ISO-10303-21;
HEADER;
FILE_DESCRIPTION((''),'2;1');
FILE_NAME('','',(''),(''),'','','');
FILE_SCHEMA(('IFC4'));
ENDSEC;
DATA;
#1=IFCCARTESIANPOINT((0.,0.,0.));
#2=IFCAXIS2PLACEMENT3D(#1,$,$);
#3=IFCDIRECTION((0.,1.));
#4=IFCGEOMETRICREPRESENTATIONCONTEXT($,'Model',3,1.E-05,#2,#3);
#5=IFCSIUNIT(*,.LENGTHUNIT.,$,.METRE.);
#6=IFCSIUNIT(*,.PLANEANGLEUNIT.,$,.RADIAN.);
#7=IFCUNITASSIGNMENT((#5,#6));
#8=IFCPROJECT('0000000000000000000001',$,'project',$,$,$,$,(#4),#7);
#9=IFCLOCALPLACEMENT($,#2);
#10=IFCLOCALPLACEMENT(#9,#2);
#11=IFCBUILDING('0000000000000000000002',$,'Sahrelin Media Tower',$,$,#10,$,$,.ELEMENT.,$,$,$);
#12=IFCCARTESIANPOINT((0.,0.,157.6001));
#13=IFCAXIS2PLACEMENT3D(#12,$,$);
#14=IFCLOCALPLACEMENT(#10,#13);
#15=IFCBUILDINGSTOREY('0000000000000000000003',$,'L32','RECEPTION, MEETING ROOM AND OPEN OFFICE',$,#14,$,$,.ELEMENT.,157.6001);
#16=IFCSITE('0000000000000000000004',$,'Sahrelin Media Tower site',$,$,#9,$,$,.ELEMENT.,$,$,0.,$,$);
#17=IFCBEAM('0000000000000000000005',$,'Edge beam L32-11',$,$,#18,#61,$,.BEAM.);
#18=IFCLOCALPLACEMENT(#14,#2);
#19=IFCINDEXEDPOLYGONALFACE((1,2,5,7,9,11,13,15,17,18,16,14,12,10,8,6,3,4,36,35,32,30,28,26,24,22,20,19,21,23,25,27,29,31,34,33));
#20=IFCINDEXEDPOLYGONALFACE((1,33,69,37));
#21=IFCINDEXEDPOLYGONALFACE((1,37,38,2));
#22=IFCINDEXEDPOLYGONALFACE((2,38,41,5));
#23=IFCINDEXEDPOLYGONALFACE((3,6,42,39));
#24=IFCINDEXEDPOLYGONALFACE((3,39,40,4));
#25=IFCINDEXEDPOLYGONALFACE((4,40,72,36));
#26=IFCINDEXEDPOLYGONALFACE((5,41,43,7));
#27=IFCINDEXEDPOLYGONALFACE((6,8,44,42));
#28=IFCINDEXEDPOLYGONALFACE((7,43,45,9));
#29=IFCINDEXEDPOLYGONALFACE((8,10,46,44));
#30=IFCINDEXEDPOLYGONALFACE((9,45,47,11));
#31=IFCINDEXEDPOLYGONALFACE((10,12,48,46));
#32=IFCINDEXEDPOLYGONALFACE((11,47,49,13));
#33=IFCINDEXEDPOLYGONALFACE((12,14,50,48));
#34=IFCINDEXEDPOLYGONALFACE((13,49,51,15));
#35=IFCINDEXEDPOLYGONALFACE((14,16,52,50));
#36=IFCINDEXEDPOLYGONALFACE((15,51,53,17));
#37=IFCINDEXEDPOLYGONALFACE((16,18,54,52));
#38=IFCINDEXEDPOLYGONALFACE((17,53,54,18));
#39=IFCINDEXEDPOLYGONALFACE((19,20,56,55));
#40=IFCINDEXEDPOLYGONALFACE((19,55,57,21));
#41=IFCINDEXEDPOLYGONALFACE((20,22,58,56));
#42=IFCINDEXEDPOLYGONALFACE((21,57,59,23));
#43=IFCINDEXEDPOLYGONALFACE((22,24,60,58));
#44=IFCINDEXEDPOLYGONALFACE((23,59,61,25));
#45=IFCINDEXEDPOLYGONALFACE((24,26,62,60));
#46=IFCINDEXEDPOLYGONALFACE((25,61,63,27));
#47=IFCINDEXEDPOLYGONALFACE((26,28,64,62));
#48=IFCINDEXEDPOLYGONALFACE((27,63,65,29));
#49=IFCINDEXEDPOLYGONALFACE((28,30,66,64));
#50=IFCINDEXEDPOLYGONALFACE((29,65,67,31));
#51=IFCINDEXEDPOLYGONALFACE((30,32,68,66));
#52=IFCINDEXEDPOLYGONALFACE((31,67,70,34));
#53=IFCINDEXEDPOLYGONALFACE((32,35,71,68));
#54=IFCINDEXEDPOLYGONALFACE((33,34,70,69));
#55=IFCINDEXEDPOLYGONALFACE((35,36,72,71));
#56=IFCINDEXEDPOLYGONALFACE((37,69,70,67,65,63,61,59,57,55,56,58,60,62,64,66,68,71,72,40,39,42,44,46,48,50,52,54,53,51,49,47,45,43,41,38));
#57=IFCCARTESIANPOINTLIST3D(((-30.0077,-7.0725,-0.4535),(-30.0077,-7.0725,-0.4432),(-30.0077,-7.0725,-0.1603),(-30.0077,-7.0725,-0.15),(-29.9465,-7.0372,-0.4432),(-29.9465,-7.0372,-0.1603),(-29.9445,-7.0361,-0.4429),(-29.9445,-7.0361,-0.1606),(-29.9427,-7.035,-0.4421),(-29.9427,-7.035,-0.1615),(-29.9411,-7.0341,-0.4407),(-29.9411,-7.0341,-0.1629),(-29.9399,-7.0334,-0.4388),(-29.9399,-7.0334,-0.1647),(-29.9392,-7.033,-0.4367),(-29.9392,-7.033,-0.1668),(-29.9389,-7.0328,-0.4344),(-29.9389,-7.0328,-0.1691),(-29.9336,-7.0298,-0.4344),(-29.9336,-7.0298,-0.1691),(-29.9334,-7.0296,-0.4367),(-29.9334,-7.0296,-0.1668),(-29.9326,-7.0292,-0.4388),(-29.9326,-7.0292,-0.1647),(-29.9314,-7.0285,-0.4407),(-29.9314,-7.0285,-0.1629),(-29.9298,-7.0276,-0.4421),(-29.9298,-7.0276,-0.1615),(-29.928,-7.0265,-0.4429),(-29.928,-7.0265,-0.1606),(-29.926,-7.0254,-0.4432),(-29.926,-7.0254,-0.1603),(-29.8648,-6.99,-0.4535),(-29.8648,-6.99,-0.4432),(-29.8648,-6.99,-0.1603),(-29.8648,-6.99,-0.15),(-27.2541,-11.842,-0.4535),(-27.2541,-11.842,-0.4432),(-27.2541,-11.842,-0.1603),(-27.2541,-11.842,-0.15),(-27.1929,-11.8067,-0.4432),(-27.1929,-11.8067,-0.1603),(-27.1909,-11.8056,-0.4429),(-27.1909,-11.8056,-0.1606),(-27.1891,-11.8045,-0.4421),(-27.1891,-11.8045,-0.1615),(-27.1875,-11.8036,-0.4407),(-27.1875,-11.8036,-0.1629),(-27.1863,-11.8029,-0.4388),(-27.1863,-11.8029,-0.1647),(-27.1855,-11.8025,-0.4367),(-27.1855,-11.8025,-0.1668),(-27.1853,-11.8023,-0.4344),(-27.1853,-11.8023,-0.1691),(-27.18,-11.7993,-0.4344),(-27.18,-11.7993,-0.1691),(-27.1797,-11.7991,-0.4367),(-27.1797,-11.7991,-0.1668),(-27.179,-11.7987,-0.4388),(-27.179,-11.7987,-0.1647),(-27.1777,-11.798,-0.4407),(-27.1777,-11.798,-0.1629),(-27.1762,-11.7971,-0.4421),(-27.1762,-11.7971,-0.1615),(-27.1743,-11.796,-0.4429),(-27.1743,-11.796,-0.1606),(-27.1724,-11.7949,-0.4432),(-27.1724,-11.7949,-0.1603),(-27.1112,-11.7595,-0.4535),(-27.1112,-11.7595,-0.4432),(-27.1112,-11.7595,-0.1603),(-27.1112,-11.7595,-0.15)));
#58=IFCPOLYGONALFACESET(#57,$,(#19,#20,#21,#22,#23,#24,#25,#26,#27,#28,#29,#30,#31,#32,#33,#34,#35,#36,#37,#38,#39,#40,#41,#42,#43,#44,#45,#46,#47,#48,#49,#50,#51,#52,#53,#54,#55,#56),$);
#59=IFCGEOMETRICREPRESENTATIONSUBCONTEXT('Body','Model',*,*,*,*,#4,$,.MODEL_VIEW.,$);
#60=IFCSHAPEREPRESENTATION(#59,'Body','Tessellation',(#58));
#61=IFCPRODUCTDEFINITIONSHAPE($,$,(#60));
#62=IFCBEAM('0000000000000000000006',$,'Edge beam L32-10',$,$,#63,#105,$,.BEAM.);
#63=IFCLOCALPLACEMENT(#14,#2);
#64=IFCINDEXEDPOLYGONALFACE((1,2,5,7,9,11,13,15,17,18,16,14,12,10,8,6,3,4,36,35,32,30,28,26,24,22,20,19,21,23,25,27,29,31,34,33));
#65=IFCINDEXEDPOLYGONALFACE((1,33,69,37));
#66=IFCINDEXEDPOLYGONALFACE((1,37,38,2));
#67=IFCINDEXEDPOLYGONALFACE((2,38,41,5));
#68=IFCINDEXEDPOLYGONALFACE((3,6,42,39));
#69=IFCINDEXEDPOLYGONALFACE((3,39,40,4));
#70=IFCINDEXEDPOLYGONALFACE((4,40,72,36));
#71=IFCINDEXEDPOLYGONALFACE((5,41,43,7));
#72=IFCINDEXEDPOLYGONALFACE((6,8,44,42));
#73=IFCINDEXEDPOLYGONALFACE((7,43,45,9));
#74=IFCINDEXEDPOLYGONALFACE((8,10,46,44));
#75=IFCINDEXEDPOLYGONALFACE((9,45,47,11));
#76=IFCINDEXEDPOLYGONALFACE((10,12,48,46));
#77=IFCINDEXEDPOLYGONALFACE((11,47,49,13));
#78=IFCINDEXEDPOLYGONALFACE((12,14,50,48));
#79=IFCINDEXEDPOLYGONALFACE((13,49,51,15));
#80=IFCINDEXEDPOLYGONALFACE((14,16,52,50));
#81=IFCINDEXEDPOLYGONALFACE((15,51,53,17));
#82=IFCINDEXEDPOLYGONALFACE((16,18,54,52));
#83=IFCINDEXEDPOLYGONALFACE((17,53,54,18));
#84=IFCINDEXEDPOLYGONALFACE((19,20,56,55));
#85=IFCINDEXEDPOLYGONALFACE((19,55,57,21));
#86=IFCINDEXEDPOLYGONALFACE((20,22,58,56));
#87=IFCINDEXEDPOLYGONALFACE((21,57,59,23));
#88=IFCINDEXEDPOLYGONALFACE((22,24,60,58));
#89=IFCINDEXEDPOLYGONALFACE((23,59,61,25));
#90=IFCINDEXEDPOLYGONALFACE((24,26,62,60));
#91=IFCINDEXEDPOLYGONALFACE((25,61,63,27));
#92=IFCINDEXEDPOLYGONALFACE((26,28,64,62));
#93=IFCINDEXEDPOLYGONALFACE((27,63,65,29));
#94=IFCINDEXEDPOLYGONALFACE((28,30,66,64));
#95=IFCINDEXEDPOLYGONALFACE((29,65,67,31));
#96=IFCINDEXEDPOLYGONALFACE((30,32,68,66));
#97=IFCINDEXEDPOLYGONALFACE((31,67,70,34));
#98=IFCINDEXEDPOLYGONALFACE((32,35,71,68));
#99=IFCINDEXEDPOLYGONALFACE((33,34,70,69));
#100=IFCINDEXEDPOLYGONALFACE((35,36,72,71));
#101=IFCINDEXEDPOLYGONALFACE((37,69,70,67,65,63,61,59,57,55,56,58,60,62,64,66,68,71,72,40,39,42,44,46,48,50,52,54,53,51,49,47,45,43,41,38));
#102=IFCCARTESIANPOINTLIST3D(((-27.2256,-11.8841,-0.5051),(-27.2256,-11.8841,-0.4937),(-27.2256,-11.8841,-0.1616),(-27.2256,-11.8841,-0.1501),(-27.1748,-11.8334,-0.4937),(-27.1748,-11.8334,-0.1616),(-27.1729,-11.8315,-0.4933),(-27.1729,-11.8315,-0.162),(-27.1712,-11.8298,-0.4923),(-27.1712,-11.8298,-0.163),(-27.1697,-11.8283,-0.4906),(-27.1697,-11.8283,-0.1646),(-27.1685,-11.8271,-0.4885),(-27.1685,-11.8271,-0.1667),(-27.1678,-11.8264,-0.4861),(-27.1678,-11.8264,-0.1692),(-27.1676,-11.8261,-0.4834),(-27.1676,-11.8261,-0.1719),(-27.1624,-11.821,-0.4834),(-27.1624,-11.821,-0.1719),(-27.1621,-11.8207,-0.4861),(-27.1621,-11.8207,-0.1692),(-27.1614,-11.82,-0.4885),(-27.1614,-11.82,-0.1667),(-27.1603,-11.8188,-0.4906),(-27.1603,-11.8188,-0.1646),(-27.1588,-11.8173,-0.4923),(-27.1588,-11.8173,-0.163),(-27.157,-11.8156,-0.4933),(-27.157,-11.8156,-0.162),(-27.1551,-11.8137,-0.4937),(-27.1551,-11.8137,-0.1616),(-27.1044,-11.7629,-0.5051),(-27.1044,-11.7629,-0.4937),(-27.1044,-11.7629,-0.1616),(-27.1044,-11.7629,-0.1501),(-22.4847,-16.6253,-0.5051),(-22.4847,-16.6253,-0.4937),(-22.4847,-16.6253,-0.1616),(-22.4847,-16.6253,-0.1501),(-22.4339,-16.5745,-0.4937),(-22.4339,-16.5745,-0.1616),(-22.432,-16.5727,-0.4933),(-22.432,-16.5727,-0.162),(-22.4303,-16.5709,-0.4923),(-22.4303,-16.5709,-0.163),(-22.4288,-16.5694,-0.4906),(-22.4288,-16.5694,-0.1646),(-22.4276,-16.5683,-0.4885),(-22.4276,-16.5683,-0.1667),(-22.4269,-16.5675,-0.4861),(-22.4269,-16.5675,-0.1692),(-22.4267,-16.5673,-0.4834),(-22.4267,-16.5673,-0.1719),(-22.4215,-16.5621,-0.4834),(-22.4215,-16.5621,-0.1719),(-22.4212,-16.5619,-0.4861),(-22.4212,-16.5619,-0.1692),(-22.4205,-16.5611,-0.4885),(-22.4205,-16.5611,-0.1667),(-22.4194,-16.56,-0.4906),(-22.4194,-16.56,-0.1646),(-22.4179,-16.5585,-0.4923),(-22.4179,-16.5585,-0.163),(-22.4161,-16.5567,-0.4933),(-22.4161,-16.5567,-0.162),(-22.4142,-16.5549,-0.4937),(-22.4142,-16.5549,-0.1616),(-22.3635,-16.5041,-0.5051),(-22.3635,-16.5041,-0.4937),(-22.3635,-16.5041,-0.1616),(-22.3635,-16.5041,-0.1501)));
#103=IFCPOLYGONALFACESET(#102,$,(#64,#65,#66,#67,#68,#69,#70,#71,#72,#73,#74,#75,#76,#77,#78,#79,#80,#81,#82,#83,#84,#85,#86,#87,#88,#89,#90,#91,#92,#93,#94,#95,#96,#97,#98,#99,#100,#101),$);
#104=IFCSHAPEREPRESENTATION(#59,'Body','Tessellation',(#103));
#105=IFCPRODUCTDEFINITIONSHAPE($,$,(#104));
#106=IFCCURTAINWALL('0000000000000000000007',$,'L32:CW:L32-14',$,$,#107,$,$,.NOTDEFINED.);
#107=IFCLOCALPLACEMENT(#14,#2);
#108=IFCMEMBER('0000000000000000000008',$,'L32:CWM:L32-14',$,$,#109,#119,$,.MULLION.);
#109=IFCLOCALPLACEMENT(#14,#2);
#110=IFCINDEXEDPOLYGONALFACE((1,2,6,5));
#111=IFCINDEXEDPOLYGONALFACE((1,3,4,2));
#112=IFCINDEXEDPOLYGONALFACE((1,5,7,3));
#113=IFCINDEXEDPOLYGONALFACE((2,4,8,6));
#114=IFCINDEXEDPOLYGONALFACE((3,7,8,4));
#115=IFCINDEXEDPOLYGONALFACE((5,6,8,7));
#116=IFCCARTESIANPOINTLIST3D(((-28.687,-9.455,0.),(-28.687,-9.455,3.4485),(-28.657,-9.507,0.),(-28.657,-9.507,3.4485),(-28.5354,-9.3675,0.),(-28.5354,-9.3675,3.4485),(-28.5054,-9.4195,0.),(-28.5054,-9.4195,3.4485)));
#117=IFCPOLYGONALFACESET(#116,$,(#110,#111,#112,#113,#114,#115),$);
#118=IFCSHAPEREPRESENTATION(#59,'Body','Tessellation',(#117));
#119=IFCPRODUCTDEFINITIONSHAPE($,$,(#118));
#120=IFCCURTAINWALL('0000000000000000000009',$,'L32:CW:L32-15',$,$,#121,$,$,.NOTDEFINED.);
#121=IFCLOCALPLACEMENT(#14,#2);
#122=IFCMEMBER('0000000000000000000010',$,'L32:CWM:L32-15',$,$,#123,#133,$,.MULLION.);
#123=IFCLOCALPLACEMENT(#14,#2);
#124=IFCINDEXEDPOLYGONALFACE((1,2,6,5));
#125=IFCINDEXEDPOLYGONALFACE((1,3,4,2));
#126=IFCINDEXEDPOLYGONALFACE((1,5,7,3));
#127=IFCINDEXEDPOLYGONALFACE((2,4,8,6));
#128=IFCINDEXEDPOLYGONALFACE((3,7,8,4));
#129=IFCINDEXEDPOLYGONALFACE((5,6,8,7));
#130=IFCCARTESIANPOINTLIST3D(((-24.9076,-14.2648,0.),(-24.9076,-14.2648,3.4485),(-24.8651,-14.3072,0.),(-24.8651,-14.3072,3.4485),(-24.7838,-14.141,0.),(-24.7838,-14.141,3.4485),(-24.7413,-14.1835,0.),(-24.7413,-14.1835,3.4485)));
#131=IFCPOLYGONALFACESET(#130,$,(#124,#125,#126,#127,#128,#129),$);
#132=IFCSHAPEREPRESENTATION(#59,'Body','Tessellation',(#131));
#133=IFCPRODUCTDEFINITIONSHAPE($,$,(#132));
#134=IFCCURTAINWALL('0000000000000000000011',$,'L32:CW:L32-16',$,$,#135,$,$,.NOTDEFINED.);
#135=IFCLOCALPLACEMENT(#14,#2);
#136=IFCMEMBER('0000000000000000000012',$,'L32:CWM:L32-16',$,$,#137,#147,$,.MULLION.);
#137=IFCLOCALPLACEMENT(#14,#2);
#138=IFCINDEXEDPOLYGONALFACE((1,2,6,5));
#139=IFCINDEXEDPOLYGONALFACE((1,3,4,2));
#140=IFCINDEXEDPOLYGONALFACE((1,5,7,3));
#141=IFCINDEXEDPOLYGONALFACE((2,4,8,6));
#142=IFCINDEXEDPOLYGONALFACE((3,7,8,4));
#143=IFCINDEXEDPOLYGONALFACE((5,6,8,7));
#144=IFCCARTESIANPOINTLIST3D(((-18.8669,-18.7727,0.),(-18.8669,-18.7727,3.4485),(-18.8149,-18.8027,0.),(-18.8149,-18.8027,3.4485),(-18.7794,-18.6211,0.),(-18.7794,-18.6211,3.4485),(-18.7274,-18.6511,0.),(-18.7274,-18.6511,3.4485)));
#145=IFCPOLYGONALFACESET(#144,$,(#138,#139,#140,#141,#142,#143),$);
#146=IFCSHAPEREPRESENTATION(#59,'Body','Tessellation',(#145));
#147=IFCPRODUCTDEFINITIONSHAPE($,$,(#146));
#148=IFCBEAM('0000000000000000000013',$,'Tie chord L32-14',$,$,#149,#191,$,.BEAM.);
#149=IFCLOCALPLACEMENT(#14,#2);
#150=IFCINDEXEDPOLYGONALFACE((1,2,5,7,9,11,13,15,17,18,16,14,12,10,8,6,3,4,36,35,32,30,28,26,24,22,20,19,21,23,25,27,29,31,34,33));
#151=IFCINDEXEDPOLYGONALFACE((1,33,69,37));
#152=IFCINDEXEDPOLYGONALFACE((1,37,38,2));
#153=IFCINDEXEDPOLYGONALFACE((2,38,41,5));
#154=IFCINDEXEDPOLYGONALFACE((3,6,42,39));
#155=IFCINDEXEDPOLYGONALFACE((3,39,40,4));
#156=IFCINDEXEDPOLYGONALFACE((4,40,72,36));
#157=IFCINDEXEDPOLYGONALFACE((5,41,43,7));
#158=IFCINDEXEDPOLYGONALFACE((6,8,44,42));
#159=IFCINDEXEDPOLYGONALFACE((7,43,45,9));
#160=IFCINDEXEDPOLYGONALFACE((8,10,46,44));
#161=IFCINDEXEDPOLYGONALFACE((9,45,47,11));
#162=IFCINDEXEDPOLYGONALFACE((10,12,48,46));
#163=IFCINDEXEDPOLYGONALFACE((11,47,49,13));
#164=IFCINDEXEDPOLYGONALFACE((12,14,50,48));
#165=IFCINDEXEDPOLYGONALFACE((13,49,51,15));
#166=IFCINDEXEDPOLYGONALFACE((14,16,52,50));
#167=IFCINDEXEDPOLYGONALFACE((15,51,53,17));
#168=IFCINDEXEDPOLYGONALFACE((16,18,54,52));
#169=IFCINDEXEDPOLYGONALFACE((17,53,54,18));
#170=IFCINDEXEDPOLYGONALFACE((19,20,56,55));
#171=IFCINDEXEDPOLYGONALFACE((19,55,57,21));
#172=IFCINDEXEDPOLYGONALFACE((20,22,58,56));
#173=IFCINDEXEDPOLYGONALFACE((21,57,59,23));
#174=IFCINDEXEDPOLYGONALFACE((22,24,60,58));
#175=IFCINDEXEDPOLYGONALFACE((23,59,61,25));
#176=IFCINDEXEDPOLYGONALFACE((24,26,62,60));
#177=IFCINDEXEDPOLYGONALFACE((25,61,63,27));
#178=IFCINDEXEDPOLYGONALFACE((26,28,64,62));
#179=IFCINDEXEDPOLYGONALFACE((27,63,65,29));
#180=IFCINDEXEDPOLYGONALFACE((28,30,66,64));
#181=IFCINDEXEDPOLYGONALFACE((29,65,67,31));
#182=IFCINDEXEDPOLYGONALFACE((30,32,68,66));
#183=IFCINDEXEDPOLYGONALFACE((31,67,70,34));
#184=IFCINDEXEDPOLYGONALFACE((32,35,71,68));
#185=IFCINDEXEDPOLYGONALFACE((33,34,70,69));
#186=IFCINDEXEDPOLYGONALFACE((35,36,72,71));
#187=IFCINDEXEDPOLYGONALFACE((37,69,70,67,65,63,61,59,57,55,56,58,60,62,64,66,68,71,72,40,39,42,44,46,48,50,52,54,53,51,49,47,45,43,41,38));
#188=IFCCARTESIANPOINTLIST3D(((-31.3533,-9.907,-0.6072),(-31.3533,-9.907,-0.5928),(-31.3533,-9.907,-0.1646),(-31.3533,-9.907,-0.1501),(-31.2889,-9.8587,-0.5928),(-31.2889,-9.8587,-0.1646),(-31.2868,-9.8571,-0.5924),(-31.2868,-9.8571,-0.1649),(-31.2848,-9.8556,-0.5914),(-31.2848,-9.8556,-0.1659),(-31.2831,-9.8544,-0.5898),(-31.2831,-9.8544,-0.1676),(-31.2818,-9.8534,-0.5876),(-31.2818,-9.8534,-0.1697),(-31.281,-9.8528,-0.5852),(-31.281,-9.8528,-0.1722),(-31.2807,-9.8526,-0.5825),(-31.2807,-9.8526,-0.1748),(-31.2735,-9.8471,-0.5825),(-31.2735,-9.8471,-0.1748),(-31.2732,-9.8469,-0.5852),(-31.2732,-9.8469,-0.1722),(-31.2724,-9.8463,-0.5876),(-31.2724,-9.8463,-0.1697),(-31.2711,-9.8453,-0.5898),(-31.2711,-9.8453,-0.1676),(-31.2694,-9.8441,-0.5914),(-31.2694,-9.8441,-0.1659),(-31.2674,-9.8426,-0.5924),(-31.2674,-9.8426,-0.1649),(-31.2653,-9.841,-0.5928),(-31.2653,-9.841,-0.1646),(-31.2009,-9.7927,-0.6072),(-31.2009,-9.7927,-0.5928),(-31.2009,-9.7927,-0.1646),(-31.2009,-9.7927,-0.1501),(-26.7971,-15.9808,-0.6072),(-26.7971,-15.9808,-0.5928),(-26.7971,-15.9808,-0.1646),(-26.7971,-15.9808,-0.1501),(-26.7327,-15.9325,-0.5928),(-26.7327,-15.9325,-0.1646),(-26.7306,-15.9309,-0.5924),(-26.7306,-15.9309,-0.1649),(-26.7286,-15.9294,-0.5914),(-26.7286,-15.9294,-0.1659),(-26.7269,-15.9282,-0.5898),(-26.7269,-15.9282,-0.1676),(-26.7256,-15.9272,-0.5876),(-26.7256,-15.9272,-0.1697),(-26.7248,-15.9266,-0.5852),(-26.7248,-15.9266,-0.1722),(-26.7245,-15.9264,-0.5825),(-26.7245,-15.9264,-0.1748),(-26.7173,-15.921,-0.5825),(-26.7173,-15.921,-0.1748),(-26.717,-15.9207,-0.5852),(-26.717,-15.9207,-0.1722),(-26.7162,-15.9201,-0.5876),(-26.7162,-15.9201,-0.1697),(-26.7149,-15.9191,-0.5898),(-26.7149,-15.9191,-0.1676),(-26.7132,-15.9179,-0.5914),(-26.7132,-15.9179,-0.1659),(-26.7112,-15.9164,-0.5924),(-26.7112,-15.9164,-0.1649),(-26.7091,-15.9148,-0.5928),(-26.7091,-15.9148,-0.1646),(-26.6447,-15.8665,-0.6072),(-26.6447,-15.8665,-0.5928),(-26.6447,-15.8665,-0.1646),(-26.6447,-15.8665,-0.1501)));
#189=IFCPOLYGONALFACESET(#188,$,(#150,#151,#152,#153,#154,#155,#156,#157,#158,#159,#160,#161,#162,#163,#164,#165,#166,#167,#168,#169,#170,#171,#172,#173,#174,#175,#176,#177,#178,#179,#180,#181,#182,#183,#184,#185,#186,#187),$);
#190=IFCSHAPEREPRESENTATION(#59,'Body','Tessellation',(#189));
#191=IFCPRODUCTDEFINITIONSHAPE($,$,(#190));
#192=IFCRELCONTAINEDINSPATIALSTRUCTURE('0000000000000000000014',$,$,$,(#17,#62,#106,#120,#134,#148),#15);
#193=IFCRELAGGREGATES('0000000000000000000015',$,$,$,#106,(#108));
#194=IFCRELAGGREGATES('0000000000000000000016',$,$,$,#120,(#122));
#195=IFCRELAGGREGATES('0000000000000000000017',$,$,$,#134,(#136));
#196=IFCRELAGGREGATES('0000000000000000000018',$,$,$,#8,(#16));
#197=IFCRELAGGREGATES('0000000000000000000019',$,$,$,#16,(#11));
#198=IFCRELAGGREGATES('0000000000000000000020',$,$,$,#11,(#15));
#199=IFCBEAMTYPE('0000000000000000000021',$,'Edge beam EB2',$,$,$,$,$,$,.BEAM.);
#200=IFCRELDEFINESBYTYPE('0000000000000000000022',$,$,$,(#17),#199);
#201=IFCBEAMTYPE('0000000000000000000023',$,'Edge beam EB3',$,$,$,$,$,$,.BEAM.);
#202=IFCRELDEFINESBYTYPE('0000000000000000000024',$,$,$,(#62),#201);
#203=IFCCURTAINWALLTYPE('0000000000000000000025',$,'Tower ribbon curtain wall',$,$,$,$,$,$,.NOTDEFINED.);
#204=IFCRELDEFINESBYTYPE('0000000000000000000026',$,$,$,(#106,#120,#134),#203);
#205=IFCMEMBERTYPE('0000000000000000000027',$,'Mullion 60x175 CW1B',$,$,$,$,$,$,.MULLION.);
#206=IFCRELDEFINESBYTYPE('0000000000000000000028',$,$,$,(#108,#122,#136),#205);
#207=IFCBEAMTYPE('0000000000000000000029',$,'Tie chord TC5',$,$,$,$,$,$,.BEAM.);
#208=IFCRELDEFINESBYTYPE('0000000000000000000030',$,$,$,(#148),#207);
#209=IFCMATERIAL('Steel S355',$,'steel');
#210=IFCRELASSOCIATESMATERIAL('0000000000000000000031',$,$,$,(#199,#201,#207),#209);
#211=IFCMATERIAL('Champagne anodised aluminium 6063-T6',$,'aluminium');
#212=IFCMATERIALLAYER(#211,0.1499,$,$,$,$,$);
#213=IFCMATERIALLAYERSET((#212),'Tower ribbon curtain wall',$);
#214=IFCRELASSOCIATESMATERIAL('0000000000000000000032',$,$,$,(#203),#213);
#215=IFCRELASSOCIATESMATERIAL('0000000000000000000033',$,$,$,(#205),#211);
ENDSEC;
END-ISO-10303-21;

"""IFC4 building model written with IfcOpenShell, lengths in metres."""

from ifc_helpers import new_model, si_unit, direction, frame, origin, origin_2d, place, context, subcontext, project, spatial, rectangle, i_section, extrude, material, layer, layer_set, material_profile, profile_set, type_object, element, aggregate, save


model = new_model("IFC4")

# Units and contexts
model_context = context("Model", 3, precision=1e-05, world=origin(), true_north=direction((0.0, 1.0)))
body_context = subcontext(model_context, "Body", "Model", "MODEL_VIEW")
ifc_project = project(units=[si_unit("LENGTHUNIT", "METRE"), si_unit("PLANEANGLEUNIT", "RADIAN")], contexts=[model_context])

# Site, building, storey
site_placement = place(None, origin())
site = spatial("IfcSite", under=ifc_project, at=site_placement, Name="Sahrelin Media Tower site", CompositionType="ELEMENT", RefElevation=0.0)
building_placement = place(site_placement, origin())
building = spatial("IfcBuilding", under=site, at=building_placement, Name="Sahrelin Media Tower", CompositionType="ELEMENT")
storey_placement = place(building_placement, frame((0.0, 0.0, 157.6001)))
storey = spatial("IfcBuildingStorey", under=building, at=storey_placement, Name="L32", Description="RECEPTION, MEETING ROOM AND OPEN OFFICE", CompositionType="ELEMENT", Elevation=157.6001)

# Beams
ifc_material_1 = material(Name="Steel S355", Category="steel")
ifc_material_profile_1 = material_profile(ifc_material_1, i_section(OverallWidth=0.165, OverallDepth=0.3035, WebThickness=0.0061, FlangeThickness=0.0103, FilletRadius=0.0088, at=origin_2d()), Name="UB 305x165x40")
ifc_profile_set_1 = profile_set([ifc_material_profile_1], Name="Steel S355")
beam_type_1 = type_object("IfcBeamType", Name="Edge beam EB2", PredefinedType="BEAM", material=ifc_profile_set_1)
beam_1_placement = place(storey_placement, frame((-27.1826, -11.8008, -0.3018), z_axis=(-0.499996, 0.866028, 0.0), x_axis=(-0.866028, -0.499996, 0.0)))
element("IfcBeam", 1, at=beam_1_placement, inside=storey, type_object=beam_type_1, Name="Edge beam L32-11", PredefinedType="BEAM", context=body_context, shape_type="SweptSolid", body=[
    extrude(i_section(OverallWidth=0.165, OverallDepth=0.3035, WebThickness=0.0061, FlangeThickness=0.0103, FilletRadius=0.0088, at=origin_2d()), origin(), (0.0, 0.0, 1.0), 5.5073),
])
ifc_material_profile_2 = material_profile(ifc_material_1, i_section(OverallWidth=0.1714, OverallDepth=0.355, WebThickness=0.0073, FlangeThickness=0.0115, FilletRadius=0.0103, at=origin_2d()), Name="UB 356x171x51")
ifc_profile_set_2 = profile_set([ifc_material_profile_2], Name="Steel S355")
beam_type_2 = type_object("IfcBeamType", Name="Edge beam EB3", PredefinedType="BEAM", material=ifc_profile_set_2)
beam_2_placement = place(storey_placement, frame((-22.4241, -16.5647, -0.3276), z_axis=(-0.707089, 0.707125, 0.0), x_axis=(-0.707125, -0.707089, 0.0)))
element("IfcBeam", 2, at=beam_2_placement, inside=storey, type_object=beam_type_2, Name="Edge beam L32-10", PredefinedType="BEAM", context=body_context, shape_type="SweptSolid", body=[
    extrude(i_section(OverallWidth=0.1714, OverallDepth=0.355, WebThickness=0.0073, FlangeThickness=0.0115, FilletRadius=0.0103, at=origin_2d()), origin(), (0.0, 0.0, 1.0), 6.7048),
])

# Curtain walls, members
ifc_material_2 = material(Name="Champagne anodised aluminium 6063-T6", Category="aluminium")
ifc_layer_1 = layer(ifc_material_2, 0.1499)
ifc_layer_set_1 = layer_set([ifc_layer_1], Name="Tower ribbon curtain wall")
curtain_wall_type = type_object("IfcCurtainWallType", Name="Tower ribbon curtain wall", PredefinedType="NOTDEFINED", material=ifc_layer_set_1)
curtain_wall_1_placement = place(storey_placement, frame((-28.6892, -9.491, 0.0), z_axis=(0.0, 0.0, 1.0), x_axis=(1.0, 0.0, 0.0)))
curtain_wall_1 = element("IfcCurtainWall", 3, at=curtain_wall_1_placement, inside=storey, type_object=curtain_wall_type, Name="L32:CW:L32-14", PredefinedType="NOTDEFINED")
ifc_material_profile_3 = material_profile(ifc_material_2, rectangle(XDim=0.0601, YDim=0.175, at=origin_2d()), Name="Mullion 60x175")
ifc_profile_set_3 = profile_set([ifc_material_profile_3], Name="Champagne anodised aluminium 6063-T6")
member_type_1 = type_object("IfcMemberType", Name="Mullion 60x175 CW1B", PredefinedType="MULLION", material=ifc_profile_set_3)
member_1_placement = place(storey_placement, frame((-28.5962, -9.4373, 0.0), z_axis=(0.0, 0.0, 1.0), x_axis=(0.499998, -0.866026, 0.0)))
member_1 = element("IfcMember", 4, at=member_1_placement, type_object=member_type_1, Name="L32:CWM:L32-14", PredefinedType="MULLION", context=body_context, shape_type="SweptSolid", body=[
    extrude(rectangle(XDim=0.0601, YDim=0.175, at=origin_2d()), origin(), (0.0, 0.0, 1.0), 3.4485),
])
aggregate(curtain_wall_1, [member_1])
curtain_wall_2_placement = place(storey_placement, frame((-24.9006, -14.3003, 0.0), z_axis=(0.0, 0.0, 1.0), x_axis=(1.0, 0.0, 0.0)))
curtain_wall_2 = element("IfcCurtainWall", 5, at=curtain_wall_2_placement, inside=storey, type_object=curtain_wall_type, Name="L32:CW:L32-15", PredefinedType="NOTDEFINED")
member_2_placement = place(storey_placement, frame((-24.8245, -14.2241, 0.0), z_axis=(0.0, 0.0, 1.0), x_axis=(0.707107, -0.707107, 0.0)))
member_2 = element("IfcMember", 6, at=member_2_placement, type_object=member_type_1, Name="L32:CWM:L32-15", PredefinedType="MULLION", context=body_context, shape_type="SweptSolid", body=[
    extrude(rectangle(XDim=0.0601, YDim=0.175, at=origin_2d()), origin(), (0.0, 0.0, 1.0), 3.4485),
])
curtain_wall_3_placement = place(storey_placement, frame((-18.8511, -18.8049, 0.0), z_axis=(0.0, 0.0, 1.0), x_axis=(1.0, 0.0, 0.0)))
curtain_wall_3 = element("IfcCurtainWall", 7, at=curtain_wall_3_placement, inside=storey, type_object=curtain_wall_type, Name="L32:CW:L32-16", PredefinedType="NOTDEFINED")
member_3_placement = place(storey_placement, frame((-18.7971, -18.7119, 0.0), z_axis=(0.0, 0.0, 1.0), x_axis=(0.866025, -0.5, 0.0)))
member_3 = element("IfcMember", 8, at=member_3_placement, type_object=member_type_1, Name="L32:CWM:L32-16", PredefinedType="MULLION", context=body_context, shape_type="SweptSolid", body=[
    extrude(rectangle(XDim=0.0601, YDim=0.175, at=origin_2d()), origin(), (0.0, 0.0, 1.0), 3.4485),
])

# Beam
ifc_material_profile_4 = material_profile(ifc_material_1, i_section(OverallWidth=0.1904, OverallDepth=0.457, WebThickness=0.009, FlangeThickness=0.0144, FilletRadius=0.0103, at=origin_2d()), Name="UB 457x191x74")
ifc_profile_set_4 = profile_set([ifc_material_profile_4], Name="Steel S355")
beam_type_3 = type_object("IfcBeamType", Name="Tie chord TC5", PredefinedType="BEAM", material=ifc_profile_set_4)
beam_3_placement = place(storey_placement, frame((-31.2771, -9.8499, -0.3787), z_axis=(0.600072, -0.799946, 0.0), x_axis=(0.799946, 0.600072, 0.0)))
element("IfcBeam", 9, at=beam_3_placement, inside=storey, type_object=beam_type_3, Name="Tie chord L32-14", PredefinedType="BEAM", context=body_context, shape_type="SweptSolid", body=[
    extrude(i_section(OverallWidth=0.1904, OverallDepth=0.457, WebThickness=0.009, FlangeThickness=0.0144, FilletRadius=0.0103, at=origin_2d()), origin(), (0.0, 0.0, 1.0), 7.5928),
])

aggregate(curtain_wall_2, [member_2])
aggregate(curtain_wall_3, [member_3])

save(model, "model.ifc")
